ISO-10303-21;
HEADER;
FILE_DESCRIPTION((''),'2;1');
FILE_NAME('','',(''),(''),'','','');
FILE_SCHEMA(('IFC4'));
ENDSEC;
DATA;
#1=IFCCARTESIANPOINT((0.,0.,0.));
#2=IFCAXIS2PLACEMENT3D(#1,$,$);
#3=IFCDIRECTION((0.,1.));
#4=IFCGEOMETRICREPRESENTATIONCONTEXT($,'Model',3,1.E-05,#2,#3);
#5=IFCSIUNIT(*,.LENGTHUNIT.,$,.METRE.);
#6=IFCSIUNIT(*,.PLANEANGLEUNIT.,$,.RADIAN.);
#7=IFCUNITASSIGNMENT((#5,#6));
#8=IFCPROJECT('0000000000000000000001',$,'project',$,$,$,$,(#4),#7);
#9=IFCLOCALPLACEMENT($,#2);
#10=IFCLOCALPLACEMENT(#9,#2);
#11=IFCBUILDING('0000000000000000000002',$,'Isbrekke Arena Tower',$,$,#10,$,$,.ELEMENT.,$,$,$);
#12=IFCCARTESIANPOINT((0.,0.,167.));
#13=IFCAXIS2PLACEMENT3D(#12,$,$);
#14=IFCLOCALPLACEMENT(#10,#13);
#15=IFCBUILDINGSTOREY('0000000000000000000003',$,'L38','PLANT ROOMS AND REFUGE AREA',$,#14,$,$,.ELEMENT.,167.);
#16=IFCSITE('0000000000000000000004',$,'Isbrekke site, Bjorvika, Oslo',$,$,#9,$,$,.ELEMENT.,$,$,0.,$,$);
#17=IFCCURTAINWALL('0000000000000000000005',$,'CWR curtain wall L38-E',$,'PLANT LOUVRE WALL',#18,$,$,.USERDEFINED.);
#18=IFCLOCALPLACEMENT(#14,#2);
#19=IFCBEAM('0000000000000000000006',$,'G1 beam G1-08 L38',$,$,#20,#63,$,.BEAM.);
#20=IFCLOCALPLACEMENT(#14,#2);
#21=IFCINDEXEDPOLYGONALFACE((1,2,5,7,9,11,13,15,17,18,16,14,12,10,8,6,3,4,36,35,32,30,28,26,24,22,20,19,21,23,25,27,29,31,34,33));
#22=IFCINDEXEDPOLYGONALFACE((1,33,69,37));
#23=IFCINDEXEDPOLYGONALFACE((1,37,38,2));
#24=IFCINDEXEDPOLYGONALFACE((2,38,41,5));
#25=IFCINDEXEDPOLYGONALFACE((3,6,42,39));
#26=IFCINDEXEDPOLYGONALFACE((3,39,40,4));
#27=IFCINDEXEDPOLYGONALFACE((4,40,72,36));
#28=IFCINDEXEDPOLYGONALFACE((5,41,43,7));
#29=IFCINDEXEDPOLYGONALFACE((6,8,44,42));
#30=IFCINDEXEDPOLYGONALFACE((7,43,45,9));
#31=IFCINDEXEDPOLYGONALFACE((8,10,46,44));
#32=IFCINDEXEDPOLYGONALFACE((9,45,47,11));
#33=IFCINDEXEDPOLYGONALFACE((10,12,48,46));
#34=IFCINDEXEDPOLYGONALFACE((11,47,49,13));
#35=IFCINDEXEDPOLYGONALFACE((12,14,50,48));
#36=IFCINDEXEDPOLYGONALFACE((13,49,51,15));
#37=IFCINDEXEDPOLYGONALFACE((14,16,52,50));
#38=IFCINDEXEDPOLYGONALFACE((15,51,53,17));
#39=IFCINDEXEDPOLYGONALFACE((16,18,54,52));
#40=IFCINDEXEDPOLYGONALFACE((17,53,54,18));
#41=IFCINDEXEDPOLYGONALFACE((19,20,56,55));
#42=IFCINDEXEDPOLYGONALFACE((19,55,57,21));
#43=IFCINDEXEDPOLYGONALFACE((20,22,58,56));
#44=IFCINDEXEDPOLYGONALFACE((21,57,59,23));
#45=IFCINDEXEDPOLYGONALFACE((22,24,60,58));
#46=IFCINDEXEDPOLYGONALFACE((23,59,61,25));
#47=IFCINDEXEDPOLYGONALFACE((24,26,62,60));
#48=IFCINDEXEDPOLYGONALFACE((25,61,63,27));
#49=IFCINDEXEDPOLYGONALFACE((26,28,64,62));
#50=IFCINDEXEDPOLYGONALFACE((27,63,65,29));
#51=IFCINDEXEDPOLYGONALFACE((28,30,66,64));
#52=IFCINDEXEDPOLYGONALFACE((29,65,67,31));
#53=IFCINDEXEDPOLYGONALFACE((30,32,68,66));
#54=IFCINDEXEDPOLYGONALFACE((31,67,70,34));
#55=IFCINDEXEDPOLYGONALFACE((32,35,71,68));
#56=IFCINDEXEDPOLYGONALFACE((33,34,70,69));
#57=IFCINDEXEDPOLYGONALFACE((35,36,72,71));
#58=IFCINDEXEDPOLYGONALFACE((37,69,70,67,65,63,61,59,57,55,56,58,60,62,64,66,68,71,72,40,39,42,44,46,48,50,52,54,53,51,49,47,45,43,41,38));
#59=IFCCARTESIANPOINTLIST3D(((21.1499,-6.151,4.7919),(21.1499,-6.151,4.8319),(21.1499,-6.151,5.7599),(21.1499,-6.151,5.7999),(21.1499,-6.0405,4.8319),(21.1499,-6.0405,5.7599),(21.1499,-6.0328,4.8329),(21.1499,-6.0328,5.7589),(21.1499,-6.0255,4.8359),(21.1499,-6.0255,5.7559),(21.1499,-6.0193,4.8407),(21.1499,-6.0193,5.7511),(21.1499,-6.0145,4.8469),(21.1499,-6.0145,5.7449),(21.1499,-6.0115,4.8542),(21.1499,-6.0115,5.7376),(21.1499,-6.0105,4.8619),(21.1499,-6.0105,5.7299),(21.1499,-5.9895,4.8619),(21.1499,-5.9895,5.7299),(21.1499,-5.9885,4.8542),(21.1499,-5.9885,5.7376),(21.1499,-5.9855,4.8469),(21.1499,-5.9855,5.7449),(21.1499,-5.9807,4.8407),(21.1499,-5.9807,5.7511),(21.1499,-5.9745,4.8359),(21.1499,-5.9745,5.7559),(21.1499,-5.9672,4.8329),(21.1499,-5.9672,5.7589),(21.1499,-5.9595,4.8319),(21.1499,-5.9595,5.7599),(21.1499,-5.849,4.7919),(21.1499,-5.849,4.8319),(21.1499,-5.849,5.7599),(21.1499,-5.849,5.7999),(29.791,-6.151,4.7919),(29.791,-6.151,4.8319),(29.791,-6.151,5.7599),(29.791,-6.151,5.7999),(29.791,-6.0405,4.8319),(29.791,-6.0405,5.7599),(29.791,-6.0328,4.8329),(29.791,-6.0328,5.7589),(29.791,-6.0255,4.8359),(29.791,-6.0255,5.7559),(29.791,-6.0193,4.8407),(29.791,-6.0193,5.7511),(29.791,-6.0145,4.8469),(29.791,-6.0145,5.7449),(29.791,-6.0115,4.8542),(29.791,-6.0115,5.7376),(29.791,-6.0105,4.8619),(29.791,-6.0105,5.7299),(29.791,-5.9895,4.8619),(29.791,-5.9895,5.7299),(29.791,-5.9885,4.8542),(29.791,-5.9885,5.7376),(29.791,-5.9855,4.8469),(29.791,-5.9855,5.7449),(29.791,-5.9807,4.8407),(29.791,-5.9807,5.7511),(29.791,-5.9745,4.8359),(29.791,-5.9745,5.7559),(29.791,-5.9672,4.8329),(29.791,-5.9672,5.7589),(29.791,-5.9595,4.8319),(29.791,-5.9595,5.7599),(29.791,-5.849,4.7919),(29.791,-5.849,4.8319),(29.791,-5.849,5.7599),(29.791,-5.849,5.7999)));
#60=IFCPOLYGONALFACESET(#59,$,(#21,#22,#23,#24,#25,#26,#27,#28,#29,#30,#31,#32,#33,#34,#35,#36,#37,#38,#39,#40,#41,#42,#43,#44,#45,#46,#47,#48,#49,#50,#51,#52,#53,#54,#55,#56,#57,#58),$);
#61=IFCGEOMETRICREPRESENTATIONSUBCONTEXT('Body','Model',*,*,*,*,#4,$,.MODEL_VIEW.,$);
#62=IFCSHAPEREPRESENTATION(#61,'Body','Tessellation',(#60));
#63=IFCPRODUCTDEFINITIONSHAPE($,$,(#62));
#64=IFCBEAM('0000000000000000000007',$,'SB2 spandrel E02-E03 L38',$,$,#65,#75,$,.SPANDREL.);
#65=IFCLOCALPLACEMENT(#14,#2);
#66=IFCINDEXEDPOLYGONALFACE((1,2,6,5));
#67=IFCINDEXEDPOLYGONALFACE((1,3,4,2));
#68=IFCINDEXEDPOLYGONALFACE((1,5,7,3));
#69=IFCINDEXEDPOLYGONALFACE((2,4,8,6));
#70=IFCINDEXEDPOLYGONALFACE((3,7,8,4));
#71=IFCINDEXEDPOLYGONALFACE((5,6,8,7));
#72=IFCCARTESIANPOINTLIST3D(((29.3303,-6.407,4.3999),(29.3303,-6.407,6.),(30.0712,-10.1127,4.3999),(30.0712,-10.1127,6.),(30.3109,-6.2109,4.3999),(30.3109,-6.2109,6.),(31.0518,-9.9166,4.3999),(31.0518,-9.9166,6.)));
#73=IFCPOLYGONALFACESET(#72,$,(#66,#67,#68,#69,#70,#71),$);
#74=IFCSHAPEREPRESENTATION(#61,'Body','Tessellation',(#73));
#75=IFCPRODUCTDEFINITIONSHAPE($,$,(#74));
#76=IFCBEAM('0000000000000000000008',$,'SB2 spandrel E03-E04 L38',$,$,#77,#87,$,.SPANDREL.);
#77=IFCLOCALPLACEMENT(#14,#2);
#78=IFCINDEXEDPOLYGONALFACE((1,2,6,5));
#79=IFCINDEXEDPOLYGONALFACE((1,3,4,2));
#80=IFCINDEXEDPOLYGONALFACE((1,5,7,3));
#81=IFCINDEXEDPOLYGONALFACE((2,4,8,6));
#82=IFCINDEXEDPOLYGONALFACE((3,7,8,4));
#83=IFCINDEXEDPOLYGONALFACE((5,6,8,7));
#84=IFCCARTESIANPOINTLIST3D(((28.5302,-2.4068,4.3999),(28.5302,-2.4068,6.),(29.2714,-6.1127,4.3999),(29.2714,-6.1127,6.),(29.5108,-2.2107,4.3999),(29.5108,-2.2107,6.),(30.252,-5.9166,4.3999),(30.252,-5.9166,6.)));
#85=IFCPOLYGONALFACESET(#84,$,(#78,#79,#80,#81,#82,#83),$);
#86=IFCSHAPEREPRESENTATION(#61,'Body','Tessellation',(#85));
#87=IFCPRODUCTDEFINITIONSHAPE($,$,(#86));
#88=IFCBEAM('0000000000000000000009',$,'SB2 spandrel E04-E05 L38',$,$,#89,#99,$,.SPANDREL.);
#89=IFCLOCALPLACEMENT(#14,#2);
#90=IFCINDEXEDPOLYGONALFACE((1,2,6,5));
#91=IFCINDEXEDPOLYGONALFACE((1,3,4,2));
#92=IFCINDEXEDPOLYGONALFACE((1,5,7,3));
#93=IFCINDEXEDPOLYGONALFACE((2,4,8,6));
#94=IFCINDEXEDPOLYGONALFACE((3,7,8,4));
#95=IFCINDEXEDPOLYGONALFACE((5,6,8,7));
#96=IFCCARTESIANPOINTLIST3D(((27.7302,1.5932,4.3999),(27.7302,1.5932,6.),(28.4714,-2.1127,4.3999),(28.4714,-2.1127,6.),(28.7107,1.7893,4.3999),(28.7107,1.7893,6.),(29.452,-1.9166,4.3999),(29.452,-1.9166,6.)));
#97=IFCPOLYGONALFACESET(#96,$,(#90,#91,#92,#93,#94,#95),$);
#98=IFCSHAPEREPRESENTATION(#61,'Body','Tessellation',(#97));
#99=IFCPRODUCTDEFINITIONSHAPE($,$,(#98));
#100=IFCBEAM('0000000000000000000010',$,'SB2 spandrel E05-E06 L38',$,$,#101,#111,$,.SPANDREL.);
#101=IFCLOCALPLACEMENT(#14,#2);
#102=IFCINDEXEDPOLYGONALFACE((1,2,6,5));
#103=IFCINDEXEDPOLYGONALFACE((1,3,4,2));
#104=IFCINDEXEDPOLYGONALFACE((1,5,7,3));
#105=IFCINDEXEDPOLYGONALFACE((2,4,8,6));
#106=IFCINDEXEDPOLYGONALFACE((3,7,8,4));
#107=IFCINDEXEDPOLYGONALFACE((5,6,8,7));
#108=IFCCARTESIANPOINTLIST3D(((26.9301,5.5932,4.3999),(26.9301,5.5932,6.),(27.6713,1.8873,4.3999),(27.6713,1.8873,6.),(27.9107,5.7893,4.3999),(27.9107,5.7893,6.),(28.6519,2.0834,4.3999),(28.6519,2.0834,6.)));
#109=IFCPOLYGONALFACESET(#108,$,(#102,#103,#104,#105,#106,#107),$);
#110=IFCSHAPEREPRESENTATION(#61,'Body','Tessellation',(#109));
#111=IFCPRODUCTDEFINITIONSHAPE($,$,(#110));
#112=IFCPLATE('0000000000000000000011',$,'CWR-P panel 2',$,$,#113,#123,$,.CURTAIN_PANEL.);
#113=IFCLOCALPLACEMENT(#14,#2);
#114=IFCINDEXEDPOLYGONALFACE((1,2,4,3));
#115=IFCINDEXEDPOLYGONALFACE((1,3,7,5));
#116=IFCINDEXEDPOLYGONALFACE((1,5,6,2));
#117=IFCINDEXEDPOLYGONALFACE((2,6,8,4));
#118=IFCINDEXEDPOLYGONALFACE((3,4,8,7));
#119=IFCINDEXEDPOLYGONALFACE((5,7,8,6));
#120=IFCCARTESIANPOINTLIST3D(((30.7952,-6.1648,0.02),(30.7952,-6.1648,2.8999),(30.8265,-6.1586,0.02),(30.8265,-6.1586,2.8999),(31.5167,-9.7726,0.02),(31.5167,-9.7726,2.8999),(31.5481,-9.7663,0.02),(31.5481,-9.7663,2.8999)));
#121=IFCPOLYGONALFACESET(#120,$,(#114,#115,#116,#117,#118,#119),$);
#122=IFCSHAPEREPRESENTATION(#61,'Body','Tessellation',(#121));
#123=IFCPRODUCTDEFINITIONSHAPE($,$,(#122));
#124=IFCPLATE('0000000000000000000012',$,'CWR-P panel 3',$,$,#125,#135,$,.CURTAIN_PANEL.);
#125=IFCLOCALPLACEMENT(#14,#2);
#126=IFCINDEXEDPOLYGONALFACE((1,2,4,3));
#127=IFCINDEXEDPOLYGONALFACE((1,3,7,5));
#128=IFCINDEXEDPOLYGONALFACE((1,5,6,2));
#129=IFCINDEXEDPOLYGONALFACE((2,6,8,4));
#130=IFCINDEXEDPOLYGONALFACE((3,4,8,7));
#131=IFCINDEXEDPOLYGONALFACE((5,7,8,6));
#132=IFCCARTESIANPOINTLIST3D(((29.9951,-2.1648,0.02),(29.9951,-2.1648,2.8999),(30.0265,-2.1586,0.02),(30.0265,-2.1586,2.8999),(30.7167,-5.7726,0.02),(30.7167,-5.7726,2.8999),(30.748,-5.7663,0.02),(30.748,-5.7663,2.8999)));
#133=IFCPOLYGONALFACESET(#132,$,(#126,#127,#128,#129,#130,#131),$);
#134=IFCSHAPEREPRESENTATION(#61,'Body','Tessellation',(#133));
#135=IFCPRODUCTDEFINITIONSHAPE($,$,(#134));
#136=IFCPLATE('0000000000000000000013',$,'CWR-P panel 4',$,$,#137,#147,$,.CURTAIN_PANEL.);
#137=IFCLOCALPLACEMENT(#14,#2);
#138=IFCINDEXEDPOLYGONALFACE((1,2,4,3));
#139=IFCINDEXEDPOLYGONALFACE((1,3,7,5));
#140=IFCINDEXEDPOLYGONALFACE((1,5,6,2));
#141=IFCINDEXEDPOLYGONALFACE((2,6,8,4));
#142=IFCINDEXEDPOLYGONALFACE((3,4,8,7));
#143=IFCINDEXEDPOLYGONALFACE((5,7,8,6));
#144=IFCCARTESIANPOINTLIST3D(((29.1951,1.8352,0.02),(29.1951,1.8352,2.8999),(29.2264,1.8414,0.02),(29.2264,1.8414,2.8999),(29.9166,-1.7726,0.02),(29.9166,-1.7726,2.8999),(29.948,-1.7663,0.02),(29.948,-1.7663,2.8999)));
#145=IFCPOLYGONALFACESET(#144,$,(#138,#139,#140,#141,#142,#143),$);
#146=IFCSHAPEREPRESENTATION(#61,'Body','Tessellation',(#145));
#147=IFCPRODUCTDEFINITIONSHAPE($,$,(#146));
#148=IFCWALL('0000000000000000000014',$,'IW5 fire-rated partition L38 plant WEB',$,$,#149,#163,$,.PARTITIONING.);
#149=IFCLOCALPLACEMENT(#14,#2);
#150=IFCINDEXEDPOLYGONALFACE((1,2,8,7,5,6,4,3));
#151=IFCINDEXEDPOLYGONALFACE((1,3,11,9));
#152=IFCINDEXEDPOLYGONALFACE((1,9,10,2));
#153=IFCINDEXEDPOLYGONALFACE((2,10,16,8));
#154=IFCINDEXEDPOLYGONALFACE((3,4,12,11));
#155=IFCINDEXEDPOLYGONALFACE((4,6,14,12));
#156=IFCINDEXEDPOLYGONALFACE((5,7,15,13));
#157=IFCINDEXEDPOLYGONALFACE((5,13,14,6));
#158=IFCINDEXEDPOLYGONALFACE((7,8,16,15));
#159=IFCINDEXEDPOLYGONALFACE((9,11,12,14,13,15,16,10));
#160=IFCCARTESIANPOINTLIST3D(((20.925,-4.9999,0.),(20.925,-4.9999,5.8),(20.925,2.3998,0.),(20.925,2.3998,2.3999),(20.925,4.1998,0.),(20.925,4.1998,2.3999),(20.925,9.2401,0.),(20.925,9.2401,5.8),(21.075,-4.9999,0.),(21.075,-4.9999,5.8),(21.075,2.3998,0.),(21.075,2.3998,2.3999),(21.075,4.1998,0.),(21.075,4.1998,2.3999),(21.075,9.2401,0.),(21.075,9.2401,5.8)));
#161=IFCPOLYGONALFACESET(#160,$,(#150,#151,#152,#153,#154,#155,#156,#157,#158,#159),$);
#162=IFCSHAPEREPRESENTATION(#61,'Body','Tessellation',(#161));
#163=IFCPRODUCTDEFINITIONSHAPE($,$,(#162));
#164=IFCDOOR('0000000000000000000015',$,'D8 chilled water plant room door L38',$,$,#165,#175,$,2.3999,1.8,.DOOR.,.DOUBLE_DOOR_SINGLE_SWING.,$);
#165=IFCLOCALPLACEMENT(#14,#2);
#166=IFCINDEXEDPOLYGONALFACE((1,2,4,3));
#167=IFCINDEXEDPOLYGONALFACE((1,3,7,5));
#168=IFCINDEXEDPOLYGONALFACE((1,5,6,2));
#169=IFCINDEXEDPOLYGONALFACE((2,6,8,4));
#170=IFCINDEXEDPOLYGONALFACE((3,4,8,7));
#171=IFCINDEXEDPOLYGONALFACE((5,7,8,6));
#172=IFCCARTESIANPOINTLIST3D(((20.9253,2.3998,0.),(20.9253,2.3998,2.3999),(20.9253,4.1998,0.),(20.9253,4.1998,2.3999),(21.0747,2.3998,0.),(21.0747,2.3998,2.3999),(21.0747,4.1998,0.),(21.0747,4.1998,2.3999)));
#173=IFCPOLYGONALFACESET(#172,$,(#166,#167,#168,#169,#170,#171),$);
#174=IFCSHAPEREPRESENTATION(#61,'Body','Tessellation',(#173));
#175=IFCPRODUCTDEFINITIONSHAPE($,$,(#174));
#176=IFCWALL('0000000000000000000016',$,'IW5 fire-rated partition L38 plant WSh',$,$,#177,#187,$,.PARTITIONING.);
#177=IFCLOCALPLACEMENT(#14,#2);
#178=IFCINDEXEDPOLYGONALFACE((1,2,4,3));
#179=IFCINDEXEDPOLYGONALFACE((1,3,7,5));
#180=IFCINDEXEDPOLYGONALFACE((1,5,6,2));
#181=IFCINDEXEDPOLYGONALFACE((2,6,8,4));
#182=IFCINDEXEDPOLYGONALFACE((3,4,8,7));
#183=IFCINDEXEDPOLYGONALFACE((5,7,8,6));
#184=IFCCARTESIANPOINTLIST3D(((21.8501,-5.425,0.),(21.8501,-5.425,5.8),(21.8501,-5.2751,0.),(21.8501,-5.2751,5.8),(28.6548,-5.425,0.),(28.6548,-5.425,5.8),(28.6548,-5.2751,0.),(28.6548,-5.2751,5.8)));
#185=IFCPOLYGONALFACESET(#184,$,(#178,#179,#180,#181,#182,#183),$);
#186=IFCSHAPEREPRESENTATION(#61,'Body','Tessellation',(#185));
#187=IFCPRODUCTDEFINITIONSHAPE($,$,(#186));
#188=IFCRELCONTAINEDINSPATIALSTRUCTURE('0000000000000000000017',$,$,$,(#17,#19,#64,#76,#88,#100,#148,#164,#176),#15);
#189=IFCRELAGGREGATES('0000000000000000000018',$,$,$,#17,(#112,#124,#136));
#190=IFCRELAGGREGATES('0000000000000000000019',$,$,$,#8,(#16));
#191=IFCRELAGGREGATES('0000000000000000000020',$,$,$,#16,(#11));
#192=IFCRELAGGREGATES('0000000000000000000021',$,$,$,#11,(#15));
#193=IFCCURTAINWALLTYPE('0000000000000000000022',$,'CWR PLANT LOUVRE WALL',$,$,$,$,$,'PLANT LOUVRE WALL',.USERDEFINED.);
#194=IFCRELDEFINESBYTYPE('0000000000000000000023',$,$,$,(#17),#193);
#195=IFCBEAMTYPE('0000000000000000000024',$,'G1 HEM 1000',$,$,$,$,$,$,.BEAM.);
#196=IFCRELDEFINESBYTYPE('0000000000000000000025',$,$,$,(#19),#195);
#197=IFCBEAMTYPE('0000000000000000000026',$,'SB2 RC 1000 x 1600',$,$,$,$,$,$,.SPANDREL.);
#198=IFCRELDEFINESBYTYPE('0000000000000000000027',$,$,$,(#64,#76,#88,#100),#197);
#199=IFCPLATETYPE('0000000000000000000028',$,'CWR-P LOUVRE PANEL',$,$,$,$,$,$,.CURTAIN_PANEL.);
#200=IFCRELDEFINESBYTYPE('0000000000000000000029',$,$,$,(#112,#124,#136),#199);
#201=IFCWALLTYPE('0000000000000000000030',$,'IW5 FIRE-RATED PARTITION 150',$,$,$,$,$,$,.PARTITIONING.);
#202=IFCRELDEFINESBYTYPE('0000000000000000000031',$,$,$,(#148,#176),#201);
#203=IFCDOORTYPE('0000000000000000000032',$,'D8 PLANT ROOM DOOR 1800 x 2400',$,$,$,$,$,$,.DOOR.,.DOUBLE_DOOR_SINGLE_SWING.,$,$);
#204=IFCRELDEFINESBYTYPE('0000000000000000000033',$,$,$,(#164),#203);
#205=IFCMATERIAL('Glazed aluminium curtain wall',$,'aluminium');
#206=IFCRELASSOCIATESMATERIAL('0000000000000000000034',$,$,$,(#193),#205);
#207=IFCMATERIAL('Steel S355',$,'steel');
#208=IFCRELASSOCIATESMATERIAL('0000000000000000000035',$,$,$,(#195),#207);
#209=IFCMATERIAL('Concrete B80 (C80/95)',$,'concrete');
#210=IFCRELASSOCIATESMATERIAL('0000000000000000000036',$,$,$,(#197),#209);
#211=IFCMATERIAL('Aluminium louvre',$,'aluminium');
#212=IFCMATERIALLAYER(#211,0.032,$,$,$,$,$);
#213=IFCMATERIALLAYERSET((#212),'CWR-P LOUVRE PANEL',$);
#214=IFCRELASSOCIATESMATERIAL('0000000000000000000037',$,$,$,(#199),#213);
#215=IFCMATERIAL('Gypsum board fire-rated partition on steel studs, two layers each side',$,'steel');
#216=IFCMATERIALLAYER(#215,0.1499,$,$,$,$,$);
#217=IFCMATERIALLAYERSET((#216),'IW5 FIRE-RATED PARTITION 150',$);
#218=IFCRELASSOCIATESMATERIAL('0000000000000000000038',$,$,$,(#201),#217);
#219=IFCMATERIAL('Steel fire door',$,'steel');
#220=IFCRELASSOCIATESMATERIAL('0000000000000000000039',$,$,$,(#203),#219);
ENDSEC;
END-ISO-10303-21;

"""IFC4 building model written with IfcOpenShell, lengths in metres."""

from ifc_helpers import new_model, si_unit, direction, frame, frame_2d, origin, origin_2d, place, context, subcontext, project, spatial, rectangle, i_section, extrude, material, layer, layer_set, material_profile, profile_set, type_object, element, fill, aggregate, save


model = new_model("IFC4")

# Units and contexts
model_context = context("Model", 3, precision=1e-05, world=origin(), true_north=direction((0.0, 1.0)))
body_context = subcontext(model_context, "Body", "Model", "MODEL_VIEW")
ifc_project = project(units=[si_unit("LENGTHUNIT", "METRE"), si_unit("PLANEANGLEUNIT", "RADIAN")], contexts=[model_context])

# Site, building, storey
site_placement = place(None, origin())
site = spatial("IfcSite", under=ifc_project, at=site_placement, Name="Isbrekke site, Bjorvika, Oslo", CompositionType="ELEMENT", RefElevation=0.0)
building_placement = place(site_placement, origin())
building = spatial("IfcBuilding", under=site, at=building_placement, Name="Isbrekke Arena Tower", CompositionType="ELEMENT")
storey_placement = place(building_placement, frame((0.0, 0.0, 167.0)))
storey = spatial("IfcBuildingStorey", under=building, at=storey_placement, Name="L38", Description="PLANT ROOMS AND REFUGE AREA", CompositionType="ELEMENT", Elevation=167.0)

# Curtain wall
ifc_material_1 = material(Name="Glazed aluminium curtain wall", Category="aluminium")
curtain_wall_type = type_object("IfcCurtainWallType", Name="CWR PLANT LOUVRE WALL", ElementType="PLANT LOUVRE WALL", PredefinedType="USERDEFINED", material=ifc_material_1)
curtain_wall_placement = place(storey_placement, origin())
curtain_wall = element("IfcCurtainWall", 1, at=curtain_wall_placement, inside=storey, type_object=curtain_wall_type, Name="CWR curtain wall L38-E", ObjectType="PLANT LOUVRE WALL", PredefinedType="USERDEFINED")

# Beams
ifc_material_2 = material(Name="Steel S355", Category="steel")
ifc_material_profile_1 = material_profile(ifc_material_2, i_section(OverallWidth=0.302, OverallDepth=1.0081, WebThickness=0.021, FlangeThickness=0.04, FilletRadius=0.03, at=origin_2d()), Name="HEM 1000")
ifc_profile_set_1 = profile_set([ifc_material_profile_1], Name="Steel S355")
beam_type_1 = type_object("IfcBeamType", Name="G1 HEM 1000", PredefinedType="BEAM", material=ifc_profile_set_1)
beam_1_placement = place(storey_placement, frame((21.1499, -6.0, 5.2959), z_axis=(1.0, 0.0, 0.0), x_axis=(0.0, 1.0, 0.0)))
element("IfcBeam", 2, at=beam_1_placement, inside=storey, type_object=beam_type_1, Name="G1 beam G1-08 L38", PredefinedType="BEAM", context=body_context, shape_type="SweptSolid", body=[
    extrude(i_section(OverallWidth=0.302, OverallDepth=1.0081, WebThickness=0.021, FlangeThickness=0.04, FilletRadius=0.03, at=origin_2d()), origin(), (0.0, 0.0, 1.0), 8.6411),
])
ifc_material_3 = material(Name="Concrete B80 (C80/95)", Category="concrete")
ifc_material_profile_2 = material_profile(ifc_material_3, rectangle(XDim=1.0, YDim=1.6001, at=origin_2d()), Name="RC 1000x1600")
ifc_profile_set_2 = profile_set([ifc_material_profile_2], Name="Concrete B80 (C80/95)")
beam_type_2 = type_object("IfcBeamType", Name="SB2 RC 1000 x 1600", PredefinedType="SPANDREL", material=ifc_profile_set_2)
beam_2_placement = place(storey_placement, frame((30.5615, -10.0146, 5.2), z_axis=(-0.196066, 0.980591, 0.0), x_axis=(-0.980591, -0.196066, 0.0)))
element("IfcBeam", 3, at=beam_2_placement, inside=storey, type_object=beam_type_2, Name="SB2 spandrel E02-E03 L38", PredefinedType="SPANDREL", context=body_context, shape_type="SweptSolid", body=[
    extrude(rectangle(XDim=1.0, YDim=1.6001, at=origin_2d()), origin(), (0.0, 0.0, 1.0), 3.7791),
])
for number, where, z_axis, x_axis, name in (
    (4, (29.7617, -6.0146, 5.2), (-0.196129, 0.980578, 0.0), (-0.980578, -0.196129, 0.0), "SB2 spandrel E03-E04 L38"),
    (5, (28.9617, -2.0146, 5.2), (-0.196129, 0.980578, 0.0), (-0.980578, -0.196129, 0.0), "SB2 spandrel E04-E05 L38"),
    (6, (28.1616, 1.9854, 5.2), (-0.196129, 0.980578, 0.0), (-0.980578, -0.196129, 0.0), "SB2 spandrel E05-E06 L38"),
):
    element("IfcBeam", number, at=place(storey_placement, frame(where, z_axis=z_axis, x_axis=x_axis)), inside=storey, type_object=beam_type_2, Name=name, PredefinedType="SPANDREL", context=body_context, shape_type="SweptSolid", body=[
        extrude(rectangle(XDim=1.0, YDim=1.6001, at=origin_2d()), origin(), (0.0, 0.0, 1.0), 3.7793),
    ])

# Plates
ifc_material_4 = material(Name="Aluminium louvre", Category="aluminium")
ifc_layer_1 = layer(ifc_material_4, 0.032)
ifc_layer_set_1 = layer_set([ifc_layer_1], Name="CWR-P LOUVRE PANEL")
plate_type = type_object("IfcPlateType", Name="CWR-P LOUVRE PANEL", PredefinedType="CURTAIN_PANEL", material=ifc_layer_set_1)
plate_1_placement = place(storey_placement, frame((31.1716, -7.9656, 0.02), z_axis=(0.0, 0.0, 1.0), x_axis=(-0.196116, 0.980581, 0.0)))
plate_1 = element("IfcPlate", 7, at=plate_1_placement, type_object=plate_type, Name="CWR-P panel 2", PredefinedType="CURTAIN_PANEL", context=body_context, shape_type="SweptSolid", body=[
    extrude(rectangle(XDim=3.6792, YDim=0.032, at=origin_2d()), origin(), (0.0, 0.0, 1.0), 2.8799),
])
plate_2_placement = place(storey_placement, frame((30.3716, -3.9656, 0.02), z_axis=(0.0, 0.0, 1.0), x_axis=(-0.196116, 0.980581, 0.0)))
plate_2 = element("IfcPlate", 8, at=plate_2_placement, type_object=plate_type, Name="CWR-P panel 3", PredefinedType="CURTAIN_PANEL", context=body_context, shape_type="SweptSolid", body=[
    extrude(rectangle(XDim=3.6792, YDim=0.032, at=origin_2d()), origin(), (0.0, 0.0, 1.0), 2.8799),
])
plate_3_placement = place(storey_placement, frame((29.5715, 0.0344, 0.02), z_axis=(0.0, 0.0, 1.0), x_axis=(-0.196116, 0.980581, 0.0)))
plate_3 = element("IfcPlate", 9, at=plate_3_placement, type_object=plate_type, Name="CWR-P panel 4", PredefinedType="CURTAIN_PANEL", context=body_context, shape_type="SweptSolid", body=[
    extrude(rectangle(XDim=3.6792, YDim=0.032, at=origin_2d()), origin(), (0.0, 0.0, 1.0), 2.8799),
])
aggregate(curtain_wall, [plate_1, plate_2, plate_3])

# Wall, opening, door
ifc_material_5 = material(Name="Gypsum board fire-rated partition on steel studs, two layers each side", Category="steel")
ifc_layer_2 = layer(ifc_material_5, 0.1499)
ifc_layer_set_2 = layer_set([ifc_layer_2], Name="IW5 FIRE-RATED PARTITION 150")
wall_type = type_object("IfcWallType", Name="IW5 FIRE-RATED PARTITION 150", PredefinedType="PARTITIONING", material=ifc_layer_set_2)
wall_1_placement = place(storey_placement, frame((21.0, -5.0, 0.0), z_axis=(0.0, 0.0, 1.0), x_axis=(0.0, 1.0, 0.0)))
wall_1 = element("IfcWall", 10, at=wall_1_placement, inside=storey, type_object=wall_type, Name="IW5 fire-rated partition L38 plant WEB", PredefinedType="PARTITIONING", context=body_context, shape_type="SweptSolid", body=[
    extrude(rectangle(XDim=14.24, YDim=0.1499, at=frame_2d((7.1201, 0.0))), origin(), (0.0, 0.0, 1.0), 5.8),
])
opening_placement = place(wall_1_placement, frame((7.3999, 0.0, 0.0)))
opening = element("IfcOpeningElement", 11, at=opening_placement, cuts=wall_1, PredefinedType="OPENING", context=body_context, shape_type="SweptSolid", body=[
    extrude(rectangle(XDim=1.8, YDim=2.3999, at=frame_2d((0.8999, 1.2))), frame((0.0, 0.0898, 0.0), z_axis=(0.0, -1.0, 0.0), x_axis=(1.0, 0.0, 0.0)), (0.0, 0.0, 1.0), 0.1797),
])
ifc_material_6 = material(Name="Steel fire door", Category="steel")
door_type = type_object("IfcDoorType", Name="D8 PLANT ROOM DOOR 1800 x 2400", OperationType="DOUBLE_DOOR_SINGLE_SWING", PredefinedType="DOOR", material=ifc_material_6)
door_placement = place(opening_placement, origin())
door = element("IfcDoor", 12, at=door_placement, inside=storey, type_object=door_type, Name="D8 chilled water plant room door L38", OperationType="DOUBLE_DOOR_SINGLE_SWING", OverallHeight=2.3999, OverallWidth=1.8, PredefinedType="DOOR", context=body_context, shape_type="SweptSolid", body=[
    extrude(rectangle(XDim=1.8, YDim=2.3999, at=frame_2d((0.8999, 1.2))), frame((0.0, 0.0747, 0.0), z_axis=(0.0, -1.0, 0.0), x_axis=(1.0, 0.0, 0.0)), (0.0, 0.0, 1.0), 0.1494),
])
fill(opening, door)

# Wall
wall_2_placement = place(storey_placement, frame((21.8501, -5.3501, 0.0), z_axis=(0.0, 0.0, 1.0), x_axis=(1.0, 0.0, 0.0)))
element("IfcWall", 13, at=wall_2_placement, inside=storey, type_object=wall_type, Name="IW5 fire-rated partition L38 plant WSh", PredefinedType="PARTITIONING", context=body_context, shape_type="SweptSolid", body=[
    extrude(rectangle(XDim=6.8047, YDim=0.1499, at=frame_2d((3.4023, 0.0))), origin(), (0.0, 0.0, 1.0), 5.8),
])

save(model, "model.ifc")
